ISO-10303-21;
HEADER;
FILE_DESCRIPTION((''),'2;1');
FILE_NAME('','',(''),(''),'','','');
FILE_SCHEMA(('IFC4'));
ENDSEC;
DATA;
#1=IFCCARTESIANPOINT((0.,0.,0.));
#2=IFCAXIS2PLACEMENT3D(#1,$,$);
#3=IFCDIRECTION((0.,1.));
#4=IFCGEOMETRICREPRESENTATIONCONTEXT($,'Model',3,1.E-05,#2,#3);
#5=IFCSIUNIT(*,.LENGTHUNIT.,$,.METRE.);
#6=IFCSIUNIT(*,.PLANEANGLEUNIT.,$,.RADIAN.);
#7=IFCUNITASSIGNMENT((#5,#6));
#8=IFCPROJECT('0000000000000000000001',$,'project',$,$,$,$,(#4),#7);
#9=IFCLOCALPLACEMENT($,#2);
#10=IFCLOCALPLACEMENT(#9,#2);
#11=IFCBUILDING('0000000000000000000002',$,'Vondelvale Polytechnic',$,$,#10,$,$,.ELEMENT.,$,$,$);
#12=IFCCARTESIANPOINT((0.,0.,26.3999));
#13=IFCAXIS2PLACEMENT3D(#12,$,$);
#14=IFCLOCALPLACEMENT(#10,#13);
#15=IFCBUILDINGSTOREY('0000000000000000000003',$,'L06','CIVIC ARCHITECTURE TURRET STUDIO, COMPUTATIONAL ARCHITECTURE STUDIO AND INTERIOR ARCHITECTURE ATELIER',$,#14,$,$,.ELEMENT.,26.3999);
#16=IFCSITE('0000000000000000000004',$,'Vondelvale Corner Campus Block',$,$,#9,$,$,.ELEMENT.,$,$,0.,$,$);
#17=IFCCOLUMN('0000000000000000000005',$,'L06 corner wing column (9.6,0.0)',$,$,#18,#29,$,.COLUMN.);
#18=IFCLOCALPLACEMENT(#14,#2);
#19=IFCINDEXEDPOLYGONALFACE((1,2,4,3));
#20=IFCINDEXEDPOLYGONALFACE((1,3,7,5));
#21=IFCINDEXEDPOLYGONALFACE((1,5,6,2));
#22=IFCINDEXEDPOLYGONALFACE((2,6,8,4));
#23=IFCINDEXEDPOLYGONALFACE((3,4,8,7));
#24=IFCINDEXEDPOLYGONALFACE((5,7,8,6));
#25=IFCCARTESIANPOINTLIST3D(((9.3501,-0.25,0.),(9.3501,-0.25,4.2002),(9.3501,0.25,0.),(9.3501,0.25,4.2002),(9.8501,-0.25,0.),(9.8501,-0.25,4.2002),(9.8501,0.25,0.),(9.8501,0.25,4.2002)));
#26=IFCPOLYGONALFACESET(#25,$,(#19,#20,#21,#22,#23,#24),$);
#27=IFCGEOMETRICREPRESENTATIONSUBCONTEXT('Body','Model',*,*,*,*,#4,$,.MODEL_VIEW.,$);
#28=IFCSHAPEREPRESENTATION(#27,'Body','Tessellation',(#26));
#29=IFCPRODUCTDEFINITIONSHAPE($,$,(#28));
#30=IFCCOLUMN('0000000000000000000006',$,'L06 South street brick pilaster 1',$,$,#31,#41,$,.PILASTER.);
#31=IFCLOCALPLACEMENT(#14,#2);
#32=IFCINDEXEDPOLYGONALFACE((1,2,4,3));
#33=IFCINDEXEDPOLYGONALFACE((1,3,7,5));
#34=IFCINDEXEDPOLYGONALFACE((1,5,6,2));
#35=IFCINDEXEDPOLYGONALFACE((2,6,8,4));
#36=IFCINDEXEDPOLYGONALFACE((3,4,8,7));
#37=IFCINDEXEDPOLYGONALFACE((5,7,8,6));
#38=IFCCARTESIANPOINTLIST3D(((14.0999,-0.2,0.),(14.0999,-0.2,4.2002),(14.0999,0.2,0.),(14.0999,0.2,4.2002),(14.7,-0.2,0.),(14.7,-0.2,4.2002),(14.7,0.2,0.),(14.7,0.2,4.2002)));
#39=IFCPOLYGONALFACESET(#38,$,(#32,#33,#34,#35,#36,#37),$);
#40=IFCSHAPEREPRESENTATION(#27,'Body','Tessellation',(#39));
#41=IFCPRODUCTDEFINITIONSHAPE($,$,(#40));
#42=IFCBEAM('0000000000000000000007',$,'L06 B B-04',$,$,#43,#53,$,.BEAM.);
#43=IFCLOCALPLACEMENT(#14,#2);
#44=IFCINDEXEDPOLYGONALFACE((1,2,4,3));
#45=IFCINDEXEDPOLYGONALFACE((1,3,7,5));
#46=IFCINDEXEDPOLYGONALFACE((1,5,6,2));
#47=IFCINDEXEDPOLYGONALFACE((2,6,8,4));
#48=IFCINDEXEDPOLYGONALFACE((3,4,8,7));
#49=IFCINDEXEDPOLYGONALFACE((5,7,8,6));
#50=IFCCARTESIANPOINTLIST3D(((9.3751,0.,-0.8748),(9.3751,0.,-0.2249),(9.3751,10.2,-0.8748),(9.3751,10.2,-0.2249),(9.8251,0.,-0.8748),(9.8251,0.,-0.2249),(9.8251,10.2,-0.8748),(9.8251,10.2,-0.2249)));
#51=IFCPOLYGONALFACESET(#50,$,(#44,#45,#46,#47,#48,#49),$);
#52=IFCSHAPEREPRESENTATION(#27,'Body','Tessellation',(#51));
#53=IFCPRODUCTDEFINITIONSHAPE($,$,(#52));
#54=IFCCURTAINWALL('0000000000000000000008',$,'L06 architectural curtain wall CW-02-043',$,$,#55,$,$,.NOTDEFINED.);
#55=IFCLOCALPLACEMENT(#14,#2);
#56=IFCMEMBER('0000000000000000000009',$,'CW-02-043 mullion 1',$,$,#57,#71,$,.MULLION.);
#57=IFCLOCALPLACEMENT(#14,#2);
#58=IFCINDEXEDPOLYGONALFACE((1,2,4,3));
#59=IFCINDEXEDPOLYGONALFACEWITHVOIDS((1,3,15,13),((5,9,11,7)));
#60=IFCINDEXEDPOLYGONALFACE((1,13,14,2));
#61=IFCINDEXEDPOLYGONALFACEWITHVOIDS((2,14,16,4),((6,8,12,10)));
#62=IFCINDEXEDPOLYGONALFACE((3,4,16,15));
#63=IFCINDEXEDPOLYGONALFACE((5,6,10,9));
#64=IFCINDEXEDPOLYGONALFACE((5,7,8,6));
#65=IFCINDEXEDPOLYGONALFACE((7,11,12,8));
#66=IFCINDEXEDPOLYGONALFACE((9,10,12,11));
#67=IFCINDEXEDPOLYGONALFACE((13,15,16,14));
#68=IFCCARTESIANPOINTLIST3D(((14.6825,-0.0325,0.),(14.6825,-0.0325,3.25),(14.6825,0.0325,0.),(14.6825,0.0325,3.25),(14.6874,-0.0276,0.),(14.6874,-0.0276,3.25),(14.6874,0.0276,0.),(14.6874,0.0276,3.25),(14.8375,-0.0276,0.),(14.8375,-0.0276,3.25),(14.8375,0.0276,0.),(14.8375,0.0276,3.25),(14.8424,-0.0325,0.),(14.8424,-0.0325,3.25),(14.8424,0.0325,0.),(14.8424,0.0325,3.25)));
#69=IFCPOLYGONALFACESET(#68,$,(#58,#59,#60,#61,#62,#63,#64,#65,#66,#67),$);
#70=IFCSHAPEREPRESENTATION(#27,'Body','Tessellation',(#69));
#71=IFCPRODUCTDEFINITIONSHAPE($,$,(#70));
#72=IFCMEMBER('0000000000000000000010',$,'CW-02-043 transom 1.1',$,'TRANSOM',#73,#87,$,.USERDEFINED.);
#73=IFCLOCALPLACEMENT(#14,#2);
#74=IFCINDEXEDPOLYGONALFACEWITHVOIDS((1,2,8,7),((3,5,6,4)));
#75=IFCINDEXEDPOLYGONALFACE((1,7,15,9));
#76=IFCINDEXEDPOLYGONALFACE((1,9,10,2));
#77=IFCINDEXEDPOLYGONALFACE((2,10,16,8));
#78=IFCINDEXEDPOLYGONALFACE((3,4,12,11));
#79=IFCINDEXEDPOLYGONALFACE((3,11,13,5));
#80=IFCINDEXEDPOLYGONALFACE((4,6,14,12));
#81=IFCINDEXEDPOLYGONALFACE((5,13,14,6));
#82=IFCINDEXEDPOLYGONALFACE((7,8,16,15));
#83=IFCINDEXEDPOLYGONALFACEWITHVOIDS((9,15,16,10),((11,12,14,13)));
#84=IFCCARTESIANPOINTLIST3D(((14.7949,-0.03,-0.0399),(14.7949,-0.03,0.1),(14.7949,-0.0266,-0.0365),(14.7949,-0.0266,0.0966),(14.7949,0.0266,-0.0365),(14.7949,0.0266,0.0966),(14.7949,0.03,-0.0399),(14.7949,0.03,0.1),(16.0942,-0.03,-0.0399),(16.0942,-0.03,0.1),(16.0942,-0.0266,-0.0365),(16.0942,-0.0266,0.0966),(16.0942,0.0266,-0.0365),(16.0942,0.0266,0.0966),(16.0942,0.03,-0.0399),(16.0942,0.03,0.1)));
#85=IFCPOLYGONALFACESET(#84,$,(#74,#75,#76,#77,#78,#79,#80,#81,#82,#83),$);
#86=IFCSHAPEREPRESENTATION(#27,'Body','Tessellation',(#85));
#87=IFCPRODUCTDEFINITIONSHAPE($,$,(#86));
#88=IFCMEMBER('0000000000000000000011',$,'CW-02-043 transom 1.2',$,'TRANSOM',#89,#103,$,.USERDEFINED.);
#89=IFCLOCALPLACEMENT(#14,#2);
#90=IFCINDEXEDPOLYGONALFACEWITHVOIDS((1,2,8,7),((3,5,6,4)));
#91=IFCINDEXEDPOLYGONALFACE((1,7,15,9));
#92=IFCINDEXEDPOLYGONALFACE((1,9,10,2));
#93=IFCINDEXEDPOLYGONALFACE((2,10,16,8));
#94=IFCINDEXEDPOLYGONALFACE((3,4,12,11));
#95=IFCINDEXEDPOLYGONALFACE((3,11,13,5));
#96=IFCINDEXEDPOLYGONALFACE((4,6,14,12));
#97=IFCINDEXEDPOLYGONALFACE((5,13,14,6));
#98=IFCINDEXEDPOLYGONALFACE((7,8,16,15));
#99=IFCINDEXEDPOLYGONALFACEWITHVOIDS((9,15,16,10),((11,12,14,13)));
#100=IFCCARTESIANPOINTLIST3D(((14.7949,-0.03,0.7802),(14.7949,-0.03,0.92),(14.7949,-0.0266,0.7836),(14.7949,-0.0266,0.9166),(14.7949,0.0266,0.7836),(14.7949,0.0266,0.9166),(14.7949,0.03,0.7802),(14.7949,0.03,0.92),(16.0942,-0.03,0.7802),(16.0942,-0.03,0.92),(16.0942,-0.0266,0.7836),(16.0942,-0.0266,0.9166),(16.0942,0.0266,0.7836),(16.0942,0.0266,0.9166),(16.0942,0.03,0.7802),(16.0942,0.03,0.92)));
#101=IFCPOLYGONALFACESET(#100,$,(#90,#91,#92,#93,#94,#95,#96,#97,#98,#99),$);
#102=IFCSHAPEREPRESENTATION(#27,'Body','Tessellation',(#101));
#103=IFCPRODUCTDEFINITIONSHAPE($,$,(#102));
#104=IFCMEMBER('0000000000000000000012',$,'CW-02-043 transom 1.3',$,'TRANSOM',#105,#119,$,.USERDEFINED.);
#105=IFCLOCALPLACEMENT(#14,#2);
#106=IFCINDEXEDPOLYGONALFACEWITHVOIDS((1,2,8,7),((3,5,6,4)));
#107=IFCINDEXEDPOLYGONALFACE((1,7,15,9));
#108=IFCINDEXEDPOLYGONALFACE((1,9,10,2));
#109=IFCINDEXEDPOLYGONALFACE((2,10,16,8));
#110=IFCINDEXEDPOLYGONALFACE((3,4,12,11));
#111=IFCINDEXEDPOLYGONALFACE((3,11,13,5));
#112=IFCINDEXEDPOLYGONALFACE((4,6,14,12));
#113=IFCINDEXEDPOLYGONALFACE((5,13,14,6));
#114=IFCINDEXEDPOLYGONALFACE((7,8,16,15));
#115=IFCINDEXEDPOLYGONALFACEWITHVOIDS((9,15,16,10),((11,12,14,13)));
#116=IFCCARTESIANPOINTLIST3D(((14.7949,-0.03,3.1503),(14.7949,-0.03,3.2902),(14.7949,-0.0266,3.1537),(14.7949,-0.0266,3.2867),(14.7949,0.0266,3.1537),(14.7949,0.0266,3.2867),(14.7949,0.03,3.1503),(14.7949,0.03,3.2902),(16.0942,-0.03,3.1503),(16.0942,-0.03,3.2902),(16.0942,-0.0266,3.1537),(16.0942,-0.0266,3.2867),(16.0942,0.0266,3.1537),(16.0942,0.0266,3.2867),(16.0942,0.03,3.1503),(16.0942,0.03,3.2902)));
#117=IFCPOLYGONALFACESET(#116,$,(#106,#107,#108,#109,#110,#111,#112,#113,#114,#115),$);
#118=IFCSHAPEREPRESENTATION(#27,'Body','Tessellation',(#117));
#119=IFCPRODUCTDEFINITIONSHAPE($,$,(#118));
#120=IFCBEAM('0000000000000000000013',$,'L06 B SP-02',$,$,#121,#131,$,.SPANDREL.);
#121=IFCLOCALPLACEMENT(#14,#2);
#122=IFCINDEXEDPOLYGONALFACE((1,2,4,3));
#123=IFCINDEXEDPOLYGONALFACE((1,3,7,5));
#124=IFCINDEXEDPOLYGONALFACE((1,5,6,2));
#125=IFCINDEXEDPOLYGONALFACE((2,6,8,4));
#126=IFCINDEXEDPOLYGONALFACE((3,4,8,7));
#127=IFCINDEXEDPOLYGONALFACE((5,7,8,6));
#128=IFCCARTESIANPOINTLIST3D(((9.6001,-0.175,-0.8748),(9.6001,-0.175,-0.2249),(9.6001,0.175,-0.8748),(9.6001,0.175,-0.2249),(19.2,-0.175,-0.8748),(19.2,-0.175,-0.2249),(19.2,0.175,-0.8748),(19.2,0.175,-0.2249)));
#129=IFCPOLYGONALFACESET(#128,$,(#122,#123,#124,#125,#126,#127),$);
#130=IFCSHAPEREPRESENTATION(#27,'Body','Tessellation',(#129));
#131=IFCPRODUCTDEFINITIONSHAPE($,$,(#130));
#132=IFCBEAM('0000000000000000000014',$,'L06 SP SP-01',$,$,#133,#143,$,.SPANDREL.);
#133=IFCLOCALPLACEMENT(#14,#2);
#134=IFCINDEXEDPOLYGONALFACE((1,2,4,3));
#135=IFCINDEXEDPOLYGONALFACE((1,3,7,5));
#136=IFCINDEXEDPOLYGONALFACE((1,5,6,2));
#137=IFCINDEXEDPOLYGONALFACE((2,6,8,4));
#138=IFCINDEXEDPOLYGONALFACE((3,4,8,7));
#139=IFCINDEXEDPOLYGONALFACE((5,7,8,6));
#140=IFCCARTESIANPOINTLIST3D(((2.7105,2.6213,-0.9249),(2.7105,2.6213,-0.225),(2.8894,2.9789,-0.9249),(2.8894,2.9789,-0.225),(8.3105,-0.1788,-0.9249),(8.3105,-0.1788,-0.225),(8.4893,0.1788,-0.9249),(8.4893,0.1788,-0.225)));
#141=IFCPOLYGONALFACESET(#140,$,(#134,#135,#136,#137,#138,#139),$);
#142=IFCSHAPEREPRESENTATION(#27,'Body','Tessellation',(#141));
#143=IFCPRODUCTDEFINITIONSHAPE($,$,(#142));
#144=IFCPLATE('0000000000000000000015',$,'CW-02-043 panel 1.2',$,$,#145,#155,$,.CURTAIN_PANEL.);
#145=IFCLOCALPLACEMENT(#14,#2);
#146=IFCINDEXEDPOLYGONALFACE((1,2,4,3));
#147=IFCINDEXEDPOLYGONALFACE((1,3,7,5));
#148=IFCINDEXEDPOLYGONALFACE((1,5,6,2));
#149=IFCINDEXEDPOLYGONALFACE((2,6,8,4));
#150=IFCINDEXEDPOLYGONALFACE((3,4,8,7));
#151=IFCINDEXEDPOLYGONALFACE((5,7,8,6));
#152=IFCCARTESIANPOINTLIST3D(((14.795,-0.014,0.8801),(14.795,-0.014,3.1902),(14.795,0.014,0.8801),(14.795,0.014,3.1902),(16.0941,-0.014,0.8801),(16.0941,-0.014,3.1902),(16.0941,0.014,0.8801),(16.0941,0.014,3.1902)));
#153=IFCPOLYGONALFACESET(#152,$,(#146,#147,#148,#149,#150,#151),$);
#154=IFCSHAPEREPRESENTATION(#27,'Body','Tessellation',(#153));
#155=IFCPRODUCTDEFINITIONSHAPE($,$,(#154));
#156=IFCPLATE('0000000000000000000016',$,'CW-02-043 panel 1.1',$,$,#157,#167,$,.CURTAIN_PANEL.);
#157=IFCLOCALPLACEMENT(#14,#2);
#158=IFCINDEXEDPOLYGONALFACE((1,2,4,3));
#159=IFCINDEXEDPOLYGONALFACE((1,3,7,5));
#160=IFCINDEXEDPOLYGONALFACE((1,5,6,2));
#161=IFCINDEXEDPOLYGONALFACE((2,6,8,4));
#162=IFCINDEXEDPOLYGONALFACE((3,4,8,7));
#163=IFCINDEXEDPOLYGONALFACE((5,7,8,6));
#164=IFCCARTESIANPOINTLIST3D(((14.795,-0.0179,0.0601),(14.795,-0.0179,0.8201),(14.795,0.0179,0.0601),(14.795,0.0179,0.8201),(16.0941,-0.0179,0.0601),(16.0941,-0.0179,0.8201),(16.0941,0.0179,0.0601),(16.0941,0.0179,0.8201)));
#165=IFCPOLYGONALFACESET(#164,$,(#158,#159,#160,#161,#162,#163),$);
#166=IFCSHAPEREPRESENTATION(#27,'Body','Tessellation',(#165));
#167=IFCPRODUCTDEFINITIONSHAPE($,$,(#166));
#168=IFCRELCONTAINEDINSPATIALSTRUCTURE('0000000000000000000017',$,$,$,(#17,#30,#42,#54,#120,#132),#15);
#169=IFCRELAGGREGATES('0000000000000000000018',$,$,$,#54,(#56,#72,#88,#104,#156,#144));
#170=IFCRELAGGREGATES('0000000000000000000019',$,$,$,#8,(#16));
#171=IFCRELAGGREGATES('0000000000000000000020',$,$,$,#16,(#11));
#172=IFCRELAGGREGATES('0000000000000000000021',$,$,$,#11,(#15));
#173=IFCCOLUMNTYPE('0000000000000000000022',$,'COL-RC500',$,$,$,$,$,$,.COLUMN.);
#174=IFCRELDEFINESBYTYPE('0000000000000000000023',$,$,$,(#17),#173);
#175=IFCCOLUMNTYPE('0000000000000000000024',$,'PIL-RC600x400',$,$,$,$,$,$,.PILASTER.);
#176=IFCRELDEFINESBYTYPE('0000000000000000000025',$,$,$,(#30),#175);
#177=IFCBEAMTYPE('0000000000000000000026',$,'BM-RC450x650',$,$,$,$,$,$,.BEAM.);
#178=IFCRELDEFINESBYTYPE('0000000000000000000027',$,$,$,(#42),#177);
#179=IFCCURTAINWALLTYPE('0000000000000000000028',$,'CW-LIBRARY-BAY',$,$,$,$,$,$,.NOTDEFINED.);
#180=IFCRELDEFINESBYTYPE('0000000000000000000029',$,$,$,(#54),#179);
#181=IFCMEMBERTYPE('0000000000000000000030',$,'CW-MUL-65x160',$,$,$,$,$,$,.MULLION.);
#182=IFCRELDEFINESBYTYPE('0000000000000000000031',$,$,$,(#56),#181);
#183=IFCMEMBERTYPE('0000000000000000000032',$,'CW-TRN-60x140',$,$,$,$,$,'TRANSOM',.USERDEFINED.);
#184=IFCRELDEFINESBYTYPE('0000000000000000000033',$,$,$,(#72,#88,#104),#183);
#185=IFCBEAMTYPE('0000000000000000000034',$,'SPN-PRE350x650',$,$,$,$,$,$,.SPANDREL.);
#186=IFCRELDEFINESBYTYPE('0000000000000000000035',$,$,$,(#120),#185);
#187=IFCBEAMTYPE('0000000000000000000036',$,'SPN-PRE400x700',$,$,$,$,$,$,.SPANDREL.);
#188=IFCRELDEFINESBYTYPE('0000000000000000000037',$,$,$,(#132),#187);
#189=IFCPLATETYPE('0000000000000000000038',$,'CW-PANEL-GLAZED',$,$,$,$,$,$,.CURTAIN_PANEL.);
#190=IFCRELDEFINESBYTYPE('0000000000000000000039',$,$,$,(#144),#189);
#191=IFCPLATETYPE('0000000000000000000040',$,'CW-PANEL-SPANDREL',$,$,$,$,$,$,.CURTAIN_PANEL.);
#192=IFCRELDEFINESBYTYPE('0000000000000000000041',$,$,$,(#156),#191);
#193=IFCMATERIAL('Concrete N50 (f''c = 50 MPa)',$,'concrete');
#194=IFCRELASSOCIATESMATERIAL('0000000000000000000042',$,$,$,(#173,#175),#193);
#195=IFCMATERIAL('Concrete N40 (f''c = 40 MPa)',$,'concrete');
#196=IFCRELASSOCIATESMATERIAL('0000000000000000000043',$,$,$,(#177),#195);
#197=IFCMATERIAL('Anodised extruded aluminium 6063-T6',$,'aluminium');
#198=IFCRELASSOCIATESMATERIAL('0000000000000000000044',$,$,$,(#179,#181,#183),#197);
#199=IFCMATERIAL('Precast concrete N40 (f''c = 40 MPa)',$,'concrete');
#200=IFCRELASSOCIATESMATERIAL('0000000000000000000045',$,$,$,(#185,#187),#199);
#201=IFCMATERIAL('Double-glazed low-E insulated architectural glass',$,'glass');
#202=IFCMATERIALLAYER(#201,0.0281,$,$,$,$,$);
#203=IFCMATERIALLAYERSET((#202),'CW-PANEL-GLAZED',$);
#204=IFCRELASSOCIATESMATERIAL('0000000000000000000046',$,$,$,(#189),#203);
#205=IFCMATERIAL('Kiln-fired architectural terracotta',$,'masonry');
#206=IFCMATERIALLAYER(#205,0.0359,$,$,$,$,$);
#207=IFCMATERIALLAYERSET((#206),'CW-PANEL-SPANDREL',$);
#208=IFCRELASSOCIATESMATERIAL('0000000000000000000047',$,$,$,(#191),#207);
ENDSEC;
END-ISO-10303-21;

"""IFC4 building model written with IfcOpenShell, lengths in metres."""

from ifc_helpers import new_model, si_unit, direction, frame, origin, origin_2d, place, context, subcontext, project, spatial, rectangle, hollow_rectangle, extrude, material, layer, layer_set, material_profile, profile_set, type_object, element, aggregate, save


model = new_model("IFC4")

# Units and contexts
model_context = context("Model", 3, precision=1e-05, world=origin(), true_north=direction((0.0, 1.0)))
body_context = subcontext(model_context, "Body", "Model", "MODEL_VIEW")
ifc_project = project(units=[si_unit("LENGTHUNIT", "METRE"), si_unit("PLANEANGLEUNIT", "RADIAN")], contexts=[model_context])

# Site, building, storey
site_placement = place(None, origin())
site = spatial("IfcSite", under=ifc_project, at=site_placement, Name="Vondelvale Corner Campus Block", CompositionType="ELEMENT", RefElevation=0.0)
building_placement = place(site_placement, origin())
building = spatial("IfcBuilding", under=site, at=building_placement, Name="Vondelvale Polytechnic", CompositionType="ELEMENT")
storey_placement = place(building_placement, frame((0.0, 0.0, 26.3999)))
storey = spatial("IfcBuildingStorey", under=building, at=storey_placement, Name="L06", Description="CIVIC ARCHITECTURE TURRET STUDIO, COMPUTATIONAL ARCHITECTURE STUDIO AND INTERIOR ARCHITECTURE ATELIER", CompositionType="ELEMENT", Elevation=26.3999)

# Columns
ifc_material_1 = material(Name="Concrete N50 (f'c = 50 MPa)", Category="concrete")
ifc_material_profile_1 = material_profile(ifc_material_1, rectangle(XDim=0.5, YDim=0.5, at=origin_2d()), Name="RC-COL-500x500")
ifc_profile_set_1 = profile_set([ifc_material_profile_1], Name="Concrete N50 (f'c = 50 MPa)")
column_type_1 = type_object("IfcColumnType", Name="COL-RC500", PredefinedType="COLUMN", material=ifc_profile_set_1)
column_1_placement = place(storey_placement, frame((9.6001, 0.0, 0.0), z_axis=(0.0, 0.0, 1.0), x_axis=(1.0, 0.0, 0.0)))
element("IfcColumn", 1, at=column_1_placement, inside=storey, type_object=column_type_1, Name="L06 corner wing column (9.6,0.0)", PredefinedType="COLUMN", context=body_context, shape_type="SweptSolid", body=[
    extrude(rectangle(XDim=0.5, YDim=0.5, at=origin_2d()), origin(), (0.0, 0.0, 1.0), 4.2002),
])
ifc_material_profile_2 = material_profile(ifc_material_1, rectangle(XDim=0.3999, YDim=0.6001, at=origin_2d()), Name="RC-PIL-600x400")
ifc_profile_set_2 = profile_set([ifc_material_profile_2], Name="Concrete N50 (f'c = 50 MPa)")
column_type_2 = type_object("IfcColumnType", Name="PIL-RC600x400", PredefinedType="PILASTER", material=ifc_profile_set_2)
column_2_placement = place(storey_placement, frame((14.3999, 0.0, 0.0), z_axis=(0.0, 0.0, 1.0), x_axis=(0.0, 1.0, 0.0)))
element("IfcColumn", 2, at=column_2_placement, inside=storey, type_object=column_type_2, Name="L06 South street brick pilaster 1", PredefinedType="PILASTER", context=body_context, shape_type="SweptSolid", body=[
    extrude(rectangle(XDim=0.3999, YDim=0.6001, at=origin_2d()), origin(), (0.0, 0.0, 1.0), 4.2002),
])

# Beam
ifc_material_2 = material(Name="Concrete N40 (f'c = 40 MPa)", Category="concrete")
ifc_material_profile_3 = material_profile(ifc_material_2, rectangle(XDim=0.45, YDim=0.6499, at=origin_2d()), Name="RC-BM-450x650")
ifc_profile_set_3 = profile_set([ifc_material_profile_3], Name="Concrete N40 (f'c = 40 MPa)")
beam_type_1 = type_object("IfcBeamType", Name="BM-RC450x650", PredefinedType="BEAM", material=ifc_profile_set_3)
beam_1_placement = place(storey_placement, frame((9.6001, 0.0, -0.5498), z_axis=(0.0, 1.0, 0.0), x_axis=(-1.0, 0.0, 0.0)))
element("IfcBeam", 3, at=beam_1_placement, inside=storey, type_object=beam_type_1, Name="L06 B B-04", PredefinedType="BEAM", context=body_context, shape_type="SweptSolid", body=[
    extrude(rectangle(XDim=0.45, YDim=0.6499, at=origin_2d()), origin(), (0.0, 0.0, 1.0), 10.2),
])

# Curtain wall, members
ifc_material_3 = material(Name="Anodised extruded aluminium 6063-T6", Category="aluminium")
curtain_wall_type = type_object("IfcCurtainWallType", Name="CW-LIBRARY-BAY", PredefinedType="NOTDEFINED", material=ifc_material_3)
curtain_wall_placement = place(storey_placement, origin())
curtain_wall = element("IfcCurtainWall", 4, at=curtain_wall_placement, inside=storey, type_object=curtain_wall_type, Name="L06 architectural curtain wall CW-02-043", PredefinedType="NOTDEFINED")
ifc_material_profile_4 = material_profile(ifc_material_3, hollow_rectangle(XDim=0.0649, YDim=0.1599, WallThickness=0.0049, at=origin_2d()), Name="CW-MUL-160x65")
ifc_profile_set_4 = profile_set([ifc_material_profile_4], Name="Anodised extruded aluminium 6063-T6")
member_type_1 = type_object("IfcMemberType", Name="CW-MUL-65x160", PredefinedType="MULLION", material=ifc_profile_set_4)
member_1_placement = place(storey_placement, frame((14.7625, 0.0, 0.0), z_axis=(0.0, 0.0, 1.0), x_axis=(0.0, 1.0, 0.0)))
member_1 = element("IfcMember", 5, at=member_1_placement, type_object=member_type_1, Name="CW-02-043 mullion 1", PredefinedType="MULLION", context=body_context, shape_type="SweptSolid", body=[
    extrude(hollow_rectangle(XDim=0.0649, YDim=0.1599, WallThickness=0.0049, at=origin_2d()), origin(), (0.0, 0.0, 1.0), 3.25),
])
ifc_material_profile_5 = material_profile(ifc_material_3, hollow_rectangle(XDim=0.0601, YDim=0.1399, WallThickness=0.0034, at=origin_2d()), Name="CW-TRN-140x60")
ifc_profile_set_5 = profile_set([ifc_material_profile_5], Name="Anodised extruded aluminium 6063-T6")
member_type_2 = type_object("IfcMemberType", Name="CW-TRN-60x140", ElementType="TRANSOM", PredefinedType="USERDEFINED", material=ifc_profile_set_5)
member_2_placement = place(storey_placement, frame((14.7949, 0.0, 0.03), z_axis=(1.0, 0.0, 0.0), x_axis=(0.0, 1.0, 0.0)))
member_2 = element("IfcMember", 6, at=member_2_placement, type_object=member_type_2, Name="CW-02-043 transom 1.1", ObjectType="TRANSOM", PredefinedType="USERDEFINED", context=body_context, shape_type="SweptSolid", body=[
    extrude(hollow_rectangle(XDim=0.0601, YDim=0.1399, WallThickness=0.0034, at=origin_2d()), origin(), (0.0, 0.0, 1.0), 1.2993),
])
member_3_placement = place(storey_placement, frame((14.7949, 0.0, 0.8501), z_axis=(1.0, 0.0, 0.0), x_axis=(0.0, 1.0, 0.0)))
member_3 = element("IfcMember", 7, at=member_3_placement, type_object=member_type_2, Name="CW-02-043 transom 1.2", ObjectType="TRANSOM", PredefinedType="USERDEFINED", context=body_context, shape_type="SweptSolid", body=[
    extrude(hollow_rectangle(XDim=0.0601, YDim=0.1399, WallThickness=0.0034, at=origin_2d()), origin(), (0.0, 0.0, 1.0), 1.2993),
])
member_4_placement = place(storey_placement, frame((14.7949, 0.0, 3.2202), z_axis=(1.0, 0.0, 0.0), x_axis=(0.0, 1.0, 0.0)))
member_4 = element("IfcMember", 8, at=member_4_placement, type_object=member_type_2, Name="CW-02-043 transom 1.3", ObjectType="TRANSOM", PredefinedType="USERDEFINED", context=body_context, shape_type="SweptSolid", body=[
    extrude(hollow_rectangle(XDim=0.0601, YDim=0.1399, WallThickness=0.0034, at=origin_2d()), origin(), (0.0, 0.0, 1.0), 1.2993),
])

# Beams
ifc_material_4 = material(Name="Precast concrete N40 (f'c = 40 MPa)", Category="concrete")
ifc_material_profile_6 = material_profile(ifc_material_4, rectangle(XDim=0.3501, YDim=0.6499, at=origin_2d()), Name="RC-SPN-350x650")
ifc_profile_set_6 = profile_set([ifc_material_profile_6], Name="Precast concrete N40 (f'c = 40 MPa)")
beam_type_2 = type_object("IfcBeamType", Name="SPN-PRE350x650", PredefinedType="SPANDREL", material=ifc_profile_set_6)
beam_2_placement = place(storey_placement, frame((9.6001, 0.0, -0.5498), z_axis=(1.0, 0.0, 0.0), x_axis=(0.0, 1.0, 0.0)))
element("IfcBeam", 9, at=beam_2_placement, inside=storey, type_object=beam_type_2, Name="L06 B SP-02", PredefinedType="SPANDREL", context=body_context, shape_type="SweptSolid", body=[
    extrude(rectangle(XDim=0.3501, YDim=0.6499, at=origin_2d()), origin(), (0.0, 0.0, 1.0), 9.5999),
])
ifc_material_profile_7 = material_profile(ifc_material_4, rectangle(XDim=0.3999, YDim=0.7, at=origin_2d()), Name="RC-SPN-400x700")
ifc_profile_set_7 = profile_set([ifc_material_profile_7], Name="Precast concrete N40 (f'c = 40 MPa)")
beam_type_3 = type_object("IfcBeamType", Name="SPN-PRE400x700", PredefinedType="SPANDREL", material=ifc_profile_set_7)
beam_3_placement = place(storey_placement, frame((8.3999, 0.0, -0.575), z_axis=(-0.894419, 0.447229, 0.0), x_axis=(-0.447229, -0.894419, 0.0)))
element("IfcBeam", 10, at=beam_3_placement, inside=storey, type_object=beam_type_3, Name="L06 SP SP-01", PredefinedType="SPANDREL", context=body_context, shape_type="SweptSolid", body=[
    extrude(rectangle(XDim=0.3999, YDim=0.7, at=origin_2d()), origin(), (0.0, 0.0, 1.0), 6.261),
])

# Plates
ifc_material_5 = material(Name="Double-glazed low-E insulated architectural glass", Category="glass")
ifc_layer_1 = layer(ifc_material_5, 0.0281)
ifc_layer_set_1 = layer_set([ifc_layer_1], Name="CW-PANEL-GLAZED")
plate_type_1 = type_object("IfcPlateType", Name="CW-PANEL-GLAZED", PredefinedType="CURTAIN_PANEL", material=ifc_layer_set_1)
plate_1_placement = place(storey_placement, frame((15.4446, 0.0, 0.8801), z_axis=(0.0, 0.0, 1.0), x_axis=(1.0, 0.0, 0.0)))
plate_1 = element("IfcPlate", 11, at=plate_1_placement, type_object=plate_type_1, Name="CW-02-043 panel 1.2", PredefinedType="CURTAIN_PANEL", context=body_context, shape_type="SweptSolid", body=[
    extrude(rectangle(XDim=1.2991, YDim=0.0281, at=origin_2d()), origin(), (0.0, 0.0, 1.0), 2.3101),
])
ifc_material_6 = material(Name="Kiln-fired architectural terracotta", Category="masonry")
ifc_layer_2 = layer(ifc_material_6, 0.0359)
ifc_layer_set_2 = layer_set([ifc_layer_2], Name="CW-PANEL-SPANDREL")
plate_type_2 = type_object("IfcPlateType", Name="CW-PANEL-SPANDREL", PredefinedType="CURTAIN_PANEL", material=ifc_layer_set_2)
plate_2_placement = place(storey_placement, frame((15.4446, 0.0, 0.0601), z_axis=(0.0, 0.0, 1.0), x_axis=(1.0, 0.0, 0.0)))
plate_2 = element("IfcPlate", 12, at=plate_2_placement, type_object=plate_type_2, Name="CW-02-043 panel 1.1", PredefinedType="CURTAIN_PANEL", context=body_context, shape_type="SweptSolid", body=[
    extrude(rectangle(XDim=1.2991, YDim=0.0359, at=origin_2d()), origin(), (0.0, 0.0, 1.0), 0.76),
])
aggregate(curtain_wall, [member_1, member_2, member_3, member_4, plate_2, plate_1])

save(model, "model.ifc")
